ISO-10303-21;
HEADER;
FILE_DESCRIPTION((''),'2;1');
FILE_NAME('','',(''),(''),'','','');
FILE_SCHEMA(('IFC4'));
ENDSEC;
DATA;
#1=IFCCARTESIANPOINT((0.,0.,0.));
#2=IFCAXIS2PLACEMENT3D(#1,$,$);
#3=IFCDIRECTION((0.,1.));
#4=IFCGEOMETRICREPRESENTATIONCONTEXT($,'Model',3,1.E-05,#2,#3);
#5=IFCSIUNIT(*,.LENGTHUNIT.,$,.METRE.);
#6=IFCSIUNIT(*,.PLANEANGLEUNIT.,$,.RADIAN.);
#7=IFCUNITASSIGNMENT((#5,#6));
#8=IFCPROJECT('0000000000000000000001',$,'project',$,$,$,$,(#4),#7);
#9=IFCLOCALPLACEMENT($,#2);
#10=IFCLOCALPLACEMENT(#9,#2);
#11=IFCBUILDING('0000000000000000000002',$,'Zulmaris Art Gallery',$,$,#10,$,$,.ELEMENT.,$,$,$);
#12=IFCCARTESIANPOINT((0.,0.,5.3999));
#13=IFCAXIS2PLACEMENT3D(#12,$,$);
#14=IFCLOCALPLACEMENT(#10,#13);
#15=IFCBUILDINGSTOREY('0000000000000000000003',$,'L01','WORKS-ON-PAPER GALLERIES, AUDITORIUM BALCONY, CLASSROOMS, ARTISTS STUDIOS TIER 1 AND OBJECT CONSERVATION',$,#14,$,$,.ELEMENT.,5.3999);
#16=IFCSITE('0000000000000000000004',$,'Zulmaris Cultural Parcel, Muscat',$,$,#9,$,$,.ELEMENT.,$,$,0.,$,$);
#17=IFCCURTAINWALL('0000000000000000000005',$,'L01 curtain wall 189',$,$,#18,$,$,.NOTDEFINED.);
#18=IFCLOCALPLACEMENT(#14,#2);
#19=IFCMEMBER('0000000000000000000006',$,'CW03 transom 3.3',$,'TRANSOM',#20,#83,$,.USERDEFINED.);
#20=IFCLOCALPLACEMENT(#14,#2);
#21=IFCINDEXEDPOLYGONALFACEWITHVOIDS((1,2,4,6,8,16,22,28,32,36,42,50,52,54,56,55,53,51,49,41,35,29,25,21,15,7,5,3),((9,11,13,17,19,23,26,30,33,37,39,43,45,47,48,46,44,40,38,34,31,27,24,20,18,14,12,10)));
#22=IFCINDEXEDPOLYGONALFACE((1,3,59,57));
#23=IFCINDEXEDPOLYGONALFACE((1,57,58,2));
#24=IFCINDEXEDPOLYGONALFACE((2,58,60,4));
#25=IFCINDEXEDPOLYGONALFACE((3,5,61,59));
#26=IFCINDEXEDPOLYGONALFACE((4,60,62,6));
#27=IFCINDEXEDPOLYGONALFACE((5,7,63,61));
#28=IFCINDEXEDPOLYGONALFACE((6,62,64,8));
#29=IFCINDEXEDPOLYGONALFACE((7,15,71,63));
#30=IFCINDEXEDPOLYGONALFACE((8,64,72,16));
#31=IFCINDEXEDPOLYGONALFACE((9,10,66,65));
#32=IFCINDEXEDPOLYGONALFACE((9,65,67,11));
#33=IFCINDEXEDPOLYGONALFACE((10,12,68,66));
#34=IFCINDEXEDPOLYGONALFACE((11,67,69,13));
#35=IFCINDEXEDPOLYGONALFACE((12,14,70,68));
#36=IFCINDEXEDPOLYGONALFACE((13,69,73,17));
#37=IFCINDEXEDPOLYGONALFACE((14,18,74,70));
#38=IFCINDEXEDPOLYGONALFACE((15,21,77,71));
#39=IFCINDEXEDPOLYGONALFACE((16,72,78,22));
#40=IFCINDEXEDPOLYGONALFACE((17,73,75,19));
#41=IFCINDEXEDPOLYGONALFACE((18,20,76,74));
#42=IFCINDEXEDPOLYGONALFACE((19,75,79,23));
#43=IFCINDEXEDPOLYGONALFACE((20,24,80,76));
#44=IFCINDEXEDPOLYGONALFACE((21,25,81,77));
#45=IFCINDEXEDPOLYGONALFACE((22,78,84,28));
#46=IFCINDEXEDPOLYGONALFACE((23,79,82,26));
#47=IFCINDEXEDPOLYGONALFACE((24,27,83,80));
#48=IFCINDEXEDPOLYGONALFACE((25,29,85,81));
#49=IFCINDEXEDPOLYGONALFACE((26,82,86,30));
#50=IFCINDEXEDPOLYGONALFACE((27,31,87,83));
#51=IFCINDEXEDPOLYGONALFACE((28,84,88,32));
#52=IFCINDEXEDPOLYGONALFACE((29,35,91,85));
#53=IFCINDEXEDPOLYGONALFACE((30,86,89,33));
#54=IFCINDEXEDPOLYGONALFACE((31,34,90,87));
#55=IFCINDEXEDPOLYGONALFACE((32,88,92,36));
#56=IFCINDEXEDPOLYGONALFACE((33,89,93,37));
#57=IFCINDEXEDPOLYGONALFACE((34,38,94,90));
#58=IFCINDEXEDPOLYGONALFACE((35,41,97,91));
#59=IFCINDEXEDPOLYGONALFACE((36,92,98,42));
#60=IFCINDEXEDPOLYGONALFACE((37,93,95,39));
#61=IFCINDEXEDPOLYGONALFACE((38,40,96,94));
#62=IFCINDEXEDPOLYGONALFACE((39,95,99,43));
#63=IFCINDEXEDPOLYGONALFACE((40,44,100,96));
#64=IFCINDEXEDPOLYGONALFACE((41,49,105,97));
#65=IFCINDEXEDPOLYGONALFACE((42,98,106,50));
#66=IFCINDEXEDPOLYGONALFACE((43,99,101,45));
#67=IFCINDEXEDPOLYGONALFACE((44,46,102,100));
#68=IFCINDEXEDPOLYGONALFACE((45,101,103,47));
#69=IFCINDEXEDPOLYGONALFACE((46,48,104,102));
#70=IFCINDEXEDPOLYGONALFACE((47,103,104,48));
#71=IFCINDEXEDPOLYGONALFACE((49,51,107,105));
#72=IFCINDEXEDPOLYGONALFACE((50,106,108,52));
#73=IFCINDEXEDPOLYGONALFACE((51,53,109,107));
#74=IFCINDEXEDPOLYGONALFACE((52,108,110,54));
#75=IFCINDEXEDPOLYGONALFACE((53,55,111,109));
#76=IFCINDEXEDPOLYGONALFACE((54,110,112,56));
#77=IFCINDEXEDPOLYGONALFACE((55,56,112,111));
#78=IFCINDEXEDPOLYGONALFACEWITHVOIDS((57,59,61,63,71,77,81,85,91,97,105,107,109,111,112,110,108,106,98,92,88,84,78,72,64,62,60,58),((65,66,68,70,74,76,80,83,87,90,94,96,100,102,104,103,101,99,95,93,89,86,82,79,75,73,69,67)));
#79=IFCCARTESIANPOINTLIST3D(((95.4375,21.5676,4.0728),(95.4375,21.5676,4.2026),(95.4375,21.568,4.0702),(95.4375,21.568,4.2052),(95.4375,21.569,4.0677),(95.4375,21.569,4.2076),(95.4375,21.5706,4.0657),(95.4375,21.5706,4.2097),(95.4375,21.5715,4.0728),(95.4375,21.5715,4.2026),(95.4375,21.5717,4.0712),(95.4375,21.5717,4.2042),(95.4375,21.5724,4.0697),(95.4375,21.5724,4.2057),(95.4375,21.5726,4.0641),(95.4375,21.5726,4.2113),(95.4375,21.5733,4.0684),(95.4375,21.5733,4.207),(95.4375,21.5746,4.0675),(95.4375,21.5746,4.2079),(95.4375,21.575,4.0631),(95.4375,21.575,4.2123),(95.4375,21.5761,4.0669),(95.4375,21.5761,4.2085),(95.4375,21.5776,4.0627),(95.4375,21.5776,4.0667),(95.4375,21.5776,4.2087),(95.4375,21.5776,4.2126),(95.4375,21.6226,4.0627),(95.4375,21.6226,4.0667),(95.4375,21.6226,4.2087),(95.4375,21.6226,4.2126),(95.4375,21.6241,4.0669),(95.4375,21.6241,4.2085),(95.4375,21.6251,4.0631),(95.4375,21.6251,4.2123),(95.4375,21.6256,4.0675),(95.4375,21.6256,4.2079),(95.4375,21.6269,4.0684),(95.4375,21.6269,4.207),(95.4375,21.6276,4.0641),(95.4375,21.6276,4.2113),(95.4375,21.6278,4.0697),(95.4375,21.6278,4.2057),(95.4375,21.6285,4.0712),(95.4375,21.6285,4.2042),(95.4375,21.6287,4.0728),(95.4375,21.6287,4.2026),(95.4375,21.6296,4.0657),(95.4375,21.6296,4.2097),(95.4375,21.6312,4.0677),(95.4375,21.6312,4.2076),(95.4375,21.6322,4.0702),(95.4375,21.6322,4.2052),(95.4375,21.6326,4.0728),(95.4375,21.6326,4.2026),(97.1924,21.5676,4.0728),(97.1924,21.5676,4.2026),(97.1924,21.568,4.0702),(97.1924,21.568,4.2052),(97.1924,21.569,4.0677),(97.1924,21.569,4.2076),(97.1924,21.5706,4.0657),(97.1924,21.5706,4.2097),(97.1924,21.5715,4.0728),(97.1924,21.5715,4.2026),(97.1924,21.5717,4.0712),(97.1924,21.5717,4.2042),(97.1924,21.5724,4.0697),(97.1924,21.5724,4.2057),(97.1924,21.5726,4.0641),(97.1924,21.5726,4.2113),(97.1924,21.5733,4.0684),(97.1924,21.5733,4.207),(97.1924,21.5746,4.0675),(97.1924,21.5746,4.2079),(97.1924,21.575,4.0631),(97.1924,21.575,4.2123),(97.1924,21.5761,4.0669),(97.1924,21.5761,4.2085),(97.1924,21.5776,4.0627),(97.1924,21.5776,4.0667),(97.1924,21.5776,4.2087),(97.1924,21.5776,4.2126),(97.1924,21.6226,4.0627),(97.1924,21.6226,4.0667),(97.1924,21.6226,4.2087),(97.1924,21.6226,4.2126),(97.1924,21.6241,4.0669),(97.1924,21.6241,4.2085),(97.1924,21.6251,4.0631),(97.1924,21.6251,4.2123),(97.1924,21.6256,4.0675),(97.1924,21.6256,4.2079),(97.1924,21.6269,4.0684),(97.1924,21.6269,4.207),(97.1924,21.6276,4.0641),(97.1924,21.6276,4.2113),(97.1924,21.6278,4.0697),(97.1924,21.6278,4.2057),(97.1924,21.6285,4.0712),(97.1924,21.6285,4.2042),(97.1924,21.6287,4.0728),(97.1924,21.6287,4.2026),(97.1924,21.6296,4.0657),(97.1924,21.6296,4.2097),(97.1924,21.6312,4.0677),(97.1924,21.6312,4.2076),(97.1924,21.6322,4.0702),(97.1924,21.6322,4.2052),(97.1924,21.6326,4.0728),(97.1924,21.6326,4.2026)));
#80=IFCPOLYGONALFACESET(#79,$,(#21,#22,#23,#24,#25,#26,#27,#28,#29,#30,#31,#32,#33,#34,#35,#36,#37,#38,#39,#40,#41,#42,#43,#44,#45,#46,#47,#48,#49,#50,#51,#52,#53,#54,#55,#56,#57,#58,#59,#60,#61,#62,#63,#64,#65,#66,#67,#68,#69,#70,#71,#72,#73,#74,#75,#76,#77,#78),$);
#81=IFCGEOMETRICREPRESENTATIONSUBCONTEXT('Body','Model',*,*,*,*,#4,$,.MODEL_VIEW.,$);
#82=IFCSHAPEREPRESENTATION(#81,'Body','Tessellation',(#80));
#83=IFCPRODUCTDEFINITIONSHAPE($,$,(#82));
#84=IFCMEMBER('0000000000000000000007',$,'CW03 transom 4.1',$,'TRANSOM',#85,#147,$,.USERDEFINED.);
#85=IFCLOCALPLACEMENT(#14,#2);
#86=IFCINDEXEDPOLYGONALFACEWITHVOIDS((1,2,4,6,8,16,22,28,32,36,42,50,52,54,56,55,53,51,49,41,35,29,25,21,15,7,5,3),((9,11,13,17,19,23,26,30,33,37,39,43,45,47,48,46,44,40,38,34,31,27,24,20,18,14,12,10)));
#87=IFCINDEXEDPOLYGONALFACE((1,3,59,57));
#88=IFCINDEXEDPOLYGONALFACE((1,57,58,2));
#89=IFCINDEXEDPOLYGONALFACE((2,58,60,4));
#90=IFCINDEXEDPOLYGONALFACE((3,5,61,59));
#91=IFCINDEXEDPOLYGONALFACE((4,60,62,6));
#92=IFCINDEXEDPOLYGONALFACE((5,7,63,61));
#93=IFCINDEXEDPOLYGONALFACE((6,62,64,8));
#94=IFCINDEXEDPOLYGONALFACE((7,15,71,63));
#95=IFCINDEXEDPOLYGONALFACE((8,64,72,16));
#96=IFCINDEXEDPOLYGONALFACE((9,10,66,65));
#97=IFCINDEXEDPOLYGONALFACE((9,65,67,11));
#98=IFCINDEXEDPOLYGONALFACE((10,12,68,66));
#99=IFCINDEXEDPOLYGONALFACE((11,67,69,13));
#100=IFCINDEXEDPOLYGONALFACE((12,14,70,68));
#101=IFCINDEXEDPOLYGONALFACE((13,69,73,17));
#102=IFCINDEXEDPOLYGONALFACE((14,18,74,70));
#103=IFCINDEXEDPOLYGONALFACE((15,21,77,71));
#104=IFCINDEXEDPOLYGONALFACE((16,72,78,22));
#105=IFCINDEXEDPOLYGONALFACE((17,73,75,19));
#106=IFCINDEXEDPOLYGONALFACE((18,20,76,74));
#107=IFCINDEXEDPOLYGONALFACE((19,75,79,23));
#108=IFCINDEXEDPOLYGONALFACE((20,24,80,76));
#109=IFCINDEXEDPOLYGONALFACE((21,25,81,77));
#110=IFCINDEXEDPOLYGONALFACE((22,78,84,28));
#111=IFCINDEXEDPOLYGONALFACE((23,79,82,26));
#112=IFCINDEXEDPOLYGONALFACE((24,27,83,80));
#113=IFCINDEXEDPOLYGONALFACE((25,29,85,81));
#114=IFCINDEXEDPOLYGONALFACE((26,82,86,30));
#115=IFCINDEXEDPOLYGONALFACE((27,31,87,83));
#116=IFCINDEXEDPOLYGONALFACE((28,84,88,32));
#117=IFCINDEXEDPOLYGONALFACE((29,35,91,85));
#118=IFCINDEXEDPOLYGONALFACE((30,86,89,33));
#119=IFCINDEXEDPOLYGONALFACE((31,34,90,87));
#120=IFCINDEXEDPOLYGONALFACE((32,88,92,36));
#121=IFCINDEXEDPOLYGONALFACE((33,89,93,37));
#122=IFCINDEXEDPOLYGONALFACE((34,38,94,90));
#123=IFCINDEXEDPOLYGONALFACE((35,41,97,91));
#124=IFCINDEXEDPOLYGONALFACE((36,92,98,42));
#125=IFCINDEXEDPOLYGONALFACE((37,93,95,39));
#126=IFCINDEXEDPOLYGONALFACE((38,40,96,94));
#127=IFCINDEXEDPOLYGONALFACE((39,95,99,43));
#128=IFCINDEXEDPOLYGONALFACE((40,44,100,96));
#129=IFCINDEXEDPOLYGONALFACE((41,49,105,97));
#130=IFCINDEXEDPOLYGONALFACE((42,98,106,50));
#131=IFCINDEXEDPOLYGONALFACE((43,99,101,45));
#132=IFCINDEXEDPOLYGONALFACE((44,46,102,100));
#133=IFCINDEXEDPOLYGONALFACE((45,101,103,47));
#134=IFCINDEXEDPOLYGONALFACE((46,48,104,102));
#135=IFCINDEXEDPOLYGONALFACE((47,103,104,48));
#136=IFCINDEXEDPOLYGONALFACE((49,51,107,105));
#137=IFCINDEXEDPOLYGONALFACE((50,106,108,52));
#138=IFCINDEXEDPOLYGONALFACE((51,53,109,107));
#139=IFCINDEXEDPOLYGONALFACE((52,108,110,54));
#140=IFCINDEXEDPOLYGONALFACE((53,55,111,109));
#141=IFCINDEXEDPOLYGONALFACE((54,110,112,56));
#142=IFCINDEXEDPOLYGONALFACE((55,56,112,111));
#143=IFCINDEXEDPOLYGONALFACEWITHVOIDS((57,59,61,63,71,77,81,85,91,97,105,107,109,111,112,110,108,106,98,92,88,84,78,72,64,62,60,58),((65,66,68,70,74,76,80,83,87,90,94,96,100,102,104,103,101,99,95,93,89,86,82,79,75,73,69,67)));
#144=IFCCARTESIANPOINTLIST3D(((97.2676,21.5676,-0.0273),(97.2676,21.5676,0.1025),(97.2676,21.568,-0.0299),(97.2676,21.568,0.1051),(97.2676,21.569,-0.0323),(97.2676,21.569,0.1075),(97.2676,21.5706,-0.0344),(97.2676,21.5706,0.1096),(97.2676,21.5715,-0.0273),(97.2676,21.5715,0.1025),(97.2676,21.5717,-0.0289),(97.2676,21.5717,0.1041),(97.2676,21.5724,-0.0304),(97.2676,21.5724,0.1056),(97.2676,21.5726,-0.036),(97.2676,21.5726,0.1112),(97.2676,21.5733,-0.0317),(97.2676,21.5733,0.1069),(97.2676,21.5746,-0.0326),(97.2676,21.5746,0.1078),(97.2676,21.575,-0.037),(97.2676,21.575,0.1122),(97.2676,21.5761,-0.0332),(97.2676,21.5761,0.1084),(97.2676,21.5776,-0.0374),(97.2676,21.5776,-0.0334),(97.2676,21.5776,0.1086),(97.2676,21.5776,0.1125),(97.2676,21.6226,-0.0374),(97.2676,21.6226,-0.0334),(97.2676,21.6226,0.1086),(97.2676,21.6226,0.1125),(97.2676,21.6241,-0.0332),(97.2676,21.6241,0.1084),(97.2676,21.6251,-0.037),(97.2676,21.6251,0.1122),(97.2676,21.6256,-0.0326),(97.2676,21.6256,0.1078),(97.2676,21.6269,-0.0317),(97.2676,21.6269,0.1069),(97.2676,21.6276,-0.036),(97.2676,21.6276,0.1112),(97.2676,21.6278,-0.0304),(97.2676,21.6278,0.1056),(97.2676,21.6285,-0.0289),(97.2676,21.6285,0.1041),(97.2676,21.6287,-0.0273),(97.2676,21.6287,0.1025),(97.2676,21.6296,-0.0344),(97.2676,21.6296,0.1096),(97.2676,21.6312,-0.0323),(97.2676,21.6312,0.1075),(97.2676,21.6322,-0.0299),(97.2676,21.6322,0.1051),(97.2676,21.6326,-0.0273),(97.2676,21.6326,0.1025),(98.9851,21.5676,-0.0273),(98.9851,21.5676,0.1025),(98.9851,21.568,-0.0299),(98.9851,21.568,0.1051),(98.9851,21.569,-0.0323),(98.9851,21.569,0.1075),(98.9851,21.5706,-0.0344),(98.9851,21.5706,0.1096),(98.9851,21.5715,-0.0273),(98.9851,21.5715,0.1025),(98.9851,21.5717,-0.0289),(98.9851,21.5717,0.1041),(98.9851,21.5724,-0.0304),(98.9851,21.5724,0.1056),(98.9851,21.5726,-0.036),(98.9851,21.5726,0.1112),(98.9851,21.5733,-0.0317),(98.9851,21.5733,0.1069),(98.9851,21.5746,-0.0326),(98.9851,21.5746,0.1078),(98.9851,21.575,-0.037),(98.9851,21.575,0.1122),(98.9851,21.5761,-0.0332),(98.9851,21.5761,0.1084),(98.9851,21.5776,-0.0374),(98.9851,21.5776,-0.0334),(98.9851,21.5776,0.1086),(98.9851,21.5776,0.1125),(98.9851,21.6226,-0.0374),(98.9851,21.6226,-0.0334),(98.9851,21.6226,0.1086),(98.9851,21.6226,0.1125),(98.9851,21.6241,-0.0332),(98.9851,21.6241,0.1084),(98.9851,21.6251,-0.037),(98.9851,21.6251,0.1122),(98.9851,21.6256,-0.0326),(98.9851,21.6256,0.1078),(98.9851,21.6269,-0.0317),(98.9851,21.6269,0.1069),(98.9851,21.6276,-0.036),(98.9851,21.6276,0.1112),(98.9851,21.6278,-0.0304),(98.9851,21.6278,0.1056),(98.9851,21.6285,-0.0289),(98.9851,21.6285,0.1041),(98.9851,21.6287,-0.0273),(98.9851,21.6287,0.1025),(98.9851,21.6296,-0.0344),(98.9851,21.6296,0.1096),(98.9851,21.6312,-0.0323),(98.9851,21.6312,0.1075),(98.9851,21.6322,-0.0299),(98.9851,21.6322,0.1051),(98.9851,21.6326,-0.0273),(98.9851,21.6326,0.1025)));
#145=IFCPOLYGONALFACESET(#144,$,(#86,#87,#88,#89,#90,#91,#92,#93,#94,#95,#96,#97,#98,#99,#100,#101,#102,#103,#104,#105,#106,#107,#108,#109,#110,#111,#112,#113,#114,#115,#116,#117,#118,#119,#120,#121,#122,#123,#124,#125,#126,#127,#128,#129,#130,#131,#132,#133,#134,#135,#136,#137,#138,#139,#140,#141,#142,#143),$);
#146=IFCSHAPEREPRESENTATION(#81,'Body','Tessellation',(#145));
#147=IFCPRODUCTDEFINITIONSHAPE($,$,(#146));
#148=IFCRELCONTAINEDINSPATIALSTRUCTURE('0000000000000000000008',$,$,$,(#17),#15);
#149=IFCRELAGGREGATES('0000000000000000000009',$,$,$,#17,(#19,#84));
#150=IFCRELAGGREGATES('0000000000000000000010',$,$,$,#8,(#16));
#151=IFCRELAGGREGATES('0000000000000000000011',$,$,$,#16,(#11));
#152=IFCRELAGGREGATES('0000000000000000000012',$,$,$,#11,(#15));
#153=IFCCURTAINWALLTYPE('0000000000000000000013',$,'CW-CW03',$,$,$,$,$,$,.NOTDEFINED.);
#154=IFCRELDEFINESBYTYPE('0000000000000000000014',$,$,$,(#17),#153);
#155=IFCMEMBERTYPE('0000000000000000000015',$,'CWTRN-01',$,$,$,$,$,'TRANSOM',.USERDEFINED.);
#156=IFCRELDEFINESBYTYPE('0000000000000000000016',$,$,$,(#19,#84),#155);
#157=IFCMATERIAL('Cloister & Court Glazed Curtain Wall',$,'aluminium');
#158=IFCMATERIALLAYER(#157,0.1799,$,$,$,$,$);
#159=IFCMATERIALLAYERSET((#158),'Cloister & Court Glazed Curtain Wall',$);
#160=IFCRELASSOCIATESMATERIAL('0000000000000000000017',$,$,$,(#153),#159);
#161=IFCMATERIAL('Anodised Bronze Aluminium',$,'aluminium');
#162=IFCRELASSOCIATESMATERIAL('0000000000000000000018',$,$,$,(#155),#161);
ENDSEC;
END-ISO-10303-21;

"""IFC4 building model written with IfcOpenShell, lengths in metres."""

from ifc_helpers import new_model, si_unit, direction, frame, origin, origin_2d, place, context, subcontext, project, spatial, hollow_rectangle, extrude, material, layer, layer_set, material_profile, profile_set, type_object, element, aggregate, save


model = new_model("IFC4")

# Units and contexts
model_context = context("Model", 3, precision=1e-05, world=origin(), true_north=direction((0.0, 1.0)))
body_context = subcontext(model_context, "Body", "Model", "MODEL_VIEW")
ifc_project = project(units=[si_unit("LENGTHUNIT", "METRE"), si_unit("PLANEANGLEUNIT", "RADIAN")], contexts=[model_context])

# Site, building, storey
site_placement = place(None, origin())
site = spatial("IfcSite", under=ifc_project, at=site_placement, Name="Zulmaris Cultural Parcel, Muscat", CompositionType="ELEMENT", RefElevation=0.0)
building_placement = place(site_placement, origin())
building = spatial("IfcBuilding", under=site, at=building_placement, Name="Zulmaris Art Gallery", CompositionType="ELEMENT")
storey_placement = place(building_placement, frame((0.0, 0.0, 5.3999)))
storey = spatial("IfcBuildingStorey", under=building, at=storey_placement, Name="L01", Description="WORKS-ON-PAPER GALLERIES, AUDITORIUM BALCONY, CLASSROOMS, ARTISTS STUDIOS TIER 1 AND OBJECT CONSERVATION", CompositionType="ELEMENT", Elevation=5.3999)

# Curtain wall, members
ifc_material_1 = material(Name="Cloister & Court Glazed Curtain Wall", Category="aluminium")
ifc_layer_1 = layer(ifc_material_1, 0.1799)
ifc_layer_set_1 = layer_set([ifc_layer_1], Name="Cloister & Court Glazed Curtain Wall")
curtain_wall_type = type_object("IfcCurtainWallType", Name="CW-CW03", PredefinedType="NOTDEFINED", material=ifc_layer_set_1)
curtain_wall_placement = place(storey_placement, origin())
curtain_wall = element("IfcCurtainWall", 1, at=curtain_wall_placement, inside=storey, type_object=curtain_wall_type, Name="L01 curtain wall 189", PredefinedType="NOTDEFINED")
ifc_material_2 = material(Name="Anodised Bronze Aluminium", Category="aluminium")
ifc_material_profile_1 = material_profile(ifc_material_2, hollow_rectangle(XDim=0.0649, YDim=0.1499, WallThickness=0.0039, InnerFilletRadius=0.0061, OuterFilletRadius=0.01, at=origin_2d()), Name="ALU 65x150x4")
ifc_profile_set_1 = profile_set([ifc_material_profile_1], Name="Anodised Bronze Aluminium")
member_type_1 = type_object("IfcMemberType", Name="CWTRN-01", ElementType="TRANSOM", PredefinedType="USERDEFINED", material=ifc_profile_set_1)
member_1_placement = place(storey_placement, frame((95.4375, 21.6001, 4.1377), z_axis=(1.0, 0.0, 0.0), x_axis=(0.0, 1.0, 0.0)))
member_1 = element("IfcMember", 2, at=member_1_placement, type_object=member_type_1, Name="CW03 transom 3.3", ObjectType="TRANSOM", PredefinedType="USERDEFINED", context=body_context, shape_type="SweptSolid", body=[
    extrude(hollow_rectangle(XDim=0.0649, YDim=0.1499, WallThickness=0.0039, InnerFilletRadius=0.0061, OuterFilletRadius=0.01, at=origin_2d()), origin(), (0.0, 0.0, 1.0), 1.7549),
])
member_2_placement = place(storey_placement, frame((97.2676, 21.6001, 0.0376), z_axis=(1.0, 0.0, 0.0), x_axis=(0.0, 1.0, 0.0)))
member_2 = element("IfcMember", 3, at=member_2_placement, type_object=member_type_1, Name="CW03 transom 4.1", ObjectType="TRANSOM", PredefinedType="USERDEFINED", context=body_context, shape_type="SweptSolid", body=[
    extrude(hollow_rectangle(XDim=0.0649, YDim=0.1499, WallThickness=0.0039, InnerFilletRadius=0.0061, OuterFilletRadius=0.01, at=origin_2d()), origin(), (0.0, 0.0, 1.0), 1.7175),
])
aggregate(curtain_wall, [member_1, member_2])

save(model, "model.ifc")
